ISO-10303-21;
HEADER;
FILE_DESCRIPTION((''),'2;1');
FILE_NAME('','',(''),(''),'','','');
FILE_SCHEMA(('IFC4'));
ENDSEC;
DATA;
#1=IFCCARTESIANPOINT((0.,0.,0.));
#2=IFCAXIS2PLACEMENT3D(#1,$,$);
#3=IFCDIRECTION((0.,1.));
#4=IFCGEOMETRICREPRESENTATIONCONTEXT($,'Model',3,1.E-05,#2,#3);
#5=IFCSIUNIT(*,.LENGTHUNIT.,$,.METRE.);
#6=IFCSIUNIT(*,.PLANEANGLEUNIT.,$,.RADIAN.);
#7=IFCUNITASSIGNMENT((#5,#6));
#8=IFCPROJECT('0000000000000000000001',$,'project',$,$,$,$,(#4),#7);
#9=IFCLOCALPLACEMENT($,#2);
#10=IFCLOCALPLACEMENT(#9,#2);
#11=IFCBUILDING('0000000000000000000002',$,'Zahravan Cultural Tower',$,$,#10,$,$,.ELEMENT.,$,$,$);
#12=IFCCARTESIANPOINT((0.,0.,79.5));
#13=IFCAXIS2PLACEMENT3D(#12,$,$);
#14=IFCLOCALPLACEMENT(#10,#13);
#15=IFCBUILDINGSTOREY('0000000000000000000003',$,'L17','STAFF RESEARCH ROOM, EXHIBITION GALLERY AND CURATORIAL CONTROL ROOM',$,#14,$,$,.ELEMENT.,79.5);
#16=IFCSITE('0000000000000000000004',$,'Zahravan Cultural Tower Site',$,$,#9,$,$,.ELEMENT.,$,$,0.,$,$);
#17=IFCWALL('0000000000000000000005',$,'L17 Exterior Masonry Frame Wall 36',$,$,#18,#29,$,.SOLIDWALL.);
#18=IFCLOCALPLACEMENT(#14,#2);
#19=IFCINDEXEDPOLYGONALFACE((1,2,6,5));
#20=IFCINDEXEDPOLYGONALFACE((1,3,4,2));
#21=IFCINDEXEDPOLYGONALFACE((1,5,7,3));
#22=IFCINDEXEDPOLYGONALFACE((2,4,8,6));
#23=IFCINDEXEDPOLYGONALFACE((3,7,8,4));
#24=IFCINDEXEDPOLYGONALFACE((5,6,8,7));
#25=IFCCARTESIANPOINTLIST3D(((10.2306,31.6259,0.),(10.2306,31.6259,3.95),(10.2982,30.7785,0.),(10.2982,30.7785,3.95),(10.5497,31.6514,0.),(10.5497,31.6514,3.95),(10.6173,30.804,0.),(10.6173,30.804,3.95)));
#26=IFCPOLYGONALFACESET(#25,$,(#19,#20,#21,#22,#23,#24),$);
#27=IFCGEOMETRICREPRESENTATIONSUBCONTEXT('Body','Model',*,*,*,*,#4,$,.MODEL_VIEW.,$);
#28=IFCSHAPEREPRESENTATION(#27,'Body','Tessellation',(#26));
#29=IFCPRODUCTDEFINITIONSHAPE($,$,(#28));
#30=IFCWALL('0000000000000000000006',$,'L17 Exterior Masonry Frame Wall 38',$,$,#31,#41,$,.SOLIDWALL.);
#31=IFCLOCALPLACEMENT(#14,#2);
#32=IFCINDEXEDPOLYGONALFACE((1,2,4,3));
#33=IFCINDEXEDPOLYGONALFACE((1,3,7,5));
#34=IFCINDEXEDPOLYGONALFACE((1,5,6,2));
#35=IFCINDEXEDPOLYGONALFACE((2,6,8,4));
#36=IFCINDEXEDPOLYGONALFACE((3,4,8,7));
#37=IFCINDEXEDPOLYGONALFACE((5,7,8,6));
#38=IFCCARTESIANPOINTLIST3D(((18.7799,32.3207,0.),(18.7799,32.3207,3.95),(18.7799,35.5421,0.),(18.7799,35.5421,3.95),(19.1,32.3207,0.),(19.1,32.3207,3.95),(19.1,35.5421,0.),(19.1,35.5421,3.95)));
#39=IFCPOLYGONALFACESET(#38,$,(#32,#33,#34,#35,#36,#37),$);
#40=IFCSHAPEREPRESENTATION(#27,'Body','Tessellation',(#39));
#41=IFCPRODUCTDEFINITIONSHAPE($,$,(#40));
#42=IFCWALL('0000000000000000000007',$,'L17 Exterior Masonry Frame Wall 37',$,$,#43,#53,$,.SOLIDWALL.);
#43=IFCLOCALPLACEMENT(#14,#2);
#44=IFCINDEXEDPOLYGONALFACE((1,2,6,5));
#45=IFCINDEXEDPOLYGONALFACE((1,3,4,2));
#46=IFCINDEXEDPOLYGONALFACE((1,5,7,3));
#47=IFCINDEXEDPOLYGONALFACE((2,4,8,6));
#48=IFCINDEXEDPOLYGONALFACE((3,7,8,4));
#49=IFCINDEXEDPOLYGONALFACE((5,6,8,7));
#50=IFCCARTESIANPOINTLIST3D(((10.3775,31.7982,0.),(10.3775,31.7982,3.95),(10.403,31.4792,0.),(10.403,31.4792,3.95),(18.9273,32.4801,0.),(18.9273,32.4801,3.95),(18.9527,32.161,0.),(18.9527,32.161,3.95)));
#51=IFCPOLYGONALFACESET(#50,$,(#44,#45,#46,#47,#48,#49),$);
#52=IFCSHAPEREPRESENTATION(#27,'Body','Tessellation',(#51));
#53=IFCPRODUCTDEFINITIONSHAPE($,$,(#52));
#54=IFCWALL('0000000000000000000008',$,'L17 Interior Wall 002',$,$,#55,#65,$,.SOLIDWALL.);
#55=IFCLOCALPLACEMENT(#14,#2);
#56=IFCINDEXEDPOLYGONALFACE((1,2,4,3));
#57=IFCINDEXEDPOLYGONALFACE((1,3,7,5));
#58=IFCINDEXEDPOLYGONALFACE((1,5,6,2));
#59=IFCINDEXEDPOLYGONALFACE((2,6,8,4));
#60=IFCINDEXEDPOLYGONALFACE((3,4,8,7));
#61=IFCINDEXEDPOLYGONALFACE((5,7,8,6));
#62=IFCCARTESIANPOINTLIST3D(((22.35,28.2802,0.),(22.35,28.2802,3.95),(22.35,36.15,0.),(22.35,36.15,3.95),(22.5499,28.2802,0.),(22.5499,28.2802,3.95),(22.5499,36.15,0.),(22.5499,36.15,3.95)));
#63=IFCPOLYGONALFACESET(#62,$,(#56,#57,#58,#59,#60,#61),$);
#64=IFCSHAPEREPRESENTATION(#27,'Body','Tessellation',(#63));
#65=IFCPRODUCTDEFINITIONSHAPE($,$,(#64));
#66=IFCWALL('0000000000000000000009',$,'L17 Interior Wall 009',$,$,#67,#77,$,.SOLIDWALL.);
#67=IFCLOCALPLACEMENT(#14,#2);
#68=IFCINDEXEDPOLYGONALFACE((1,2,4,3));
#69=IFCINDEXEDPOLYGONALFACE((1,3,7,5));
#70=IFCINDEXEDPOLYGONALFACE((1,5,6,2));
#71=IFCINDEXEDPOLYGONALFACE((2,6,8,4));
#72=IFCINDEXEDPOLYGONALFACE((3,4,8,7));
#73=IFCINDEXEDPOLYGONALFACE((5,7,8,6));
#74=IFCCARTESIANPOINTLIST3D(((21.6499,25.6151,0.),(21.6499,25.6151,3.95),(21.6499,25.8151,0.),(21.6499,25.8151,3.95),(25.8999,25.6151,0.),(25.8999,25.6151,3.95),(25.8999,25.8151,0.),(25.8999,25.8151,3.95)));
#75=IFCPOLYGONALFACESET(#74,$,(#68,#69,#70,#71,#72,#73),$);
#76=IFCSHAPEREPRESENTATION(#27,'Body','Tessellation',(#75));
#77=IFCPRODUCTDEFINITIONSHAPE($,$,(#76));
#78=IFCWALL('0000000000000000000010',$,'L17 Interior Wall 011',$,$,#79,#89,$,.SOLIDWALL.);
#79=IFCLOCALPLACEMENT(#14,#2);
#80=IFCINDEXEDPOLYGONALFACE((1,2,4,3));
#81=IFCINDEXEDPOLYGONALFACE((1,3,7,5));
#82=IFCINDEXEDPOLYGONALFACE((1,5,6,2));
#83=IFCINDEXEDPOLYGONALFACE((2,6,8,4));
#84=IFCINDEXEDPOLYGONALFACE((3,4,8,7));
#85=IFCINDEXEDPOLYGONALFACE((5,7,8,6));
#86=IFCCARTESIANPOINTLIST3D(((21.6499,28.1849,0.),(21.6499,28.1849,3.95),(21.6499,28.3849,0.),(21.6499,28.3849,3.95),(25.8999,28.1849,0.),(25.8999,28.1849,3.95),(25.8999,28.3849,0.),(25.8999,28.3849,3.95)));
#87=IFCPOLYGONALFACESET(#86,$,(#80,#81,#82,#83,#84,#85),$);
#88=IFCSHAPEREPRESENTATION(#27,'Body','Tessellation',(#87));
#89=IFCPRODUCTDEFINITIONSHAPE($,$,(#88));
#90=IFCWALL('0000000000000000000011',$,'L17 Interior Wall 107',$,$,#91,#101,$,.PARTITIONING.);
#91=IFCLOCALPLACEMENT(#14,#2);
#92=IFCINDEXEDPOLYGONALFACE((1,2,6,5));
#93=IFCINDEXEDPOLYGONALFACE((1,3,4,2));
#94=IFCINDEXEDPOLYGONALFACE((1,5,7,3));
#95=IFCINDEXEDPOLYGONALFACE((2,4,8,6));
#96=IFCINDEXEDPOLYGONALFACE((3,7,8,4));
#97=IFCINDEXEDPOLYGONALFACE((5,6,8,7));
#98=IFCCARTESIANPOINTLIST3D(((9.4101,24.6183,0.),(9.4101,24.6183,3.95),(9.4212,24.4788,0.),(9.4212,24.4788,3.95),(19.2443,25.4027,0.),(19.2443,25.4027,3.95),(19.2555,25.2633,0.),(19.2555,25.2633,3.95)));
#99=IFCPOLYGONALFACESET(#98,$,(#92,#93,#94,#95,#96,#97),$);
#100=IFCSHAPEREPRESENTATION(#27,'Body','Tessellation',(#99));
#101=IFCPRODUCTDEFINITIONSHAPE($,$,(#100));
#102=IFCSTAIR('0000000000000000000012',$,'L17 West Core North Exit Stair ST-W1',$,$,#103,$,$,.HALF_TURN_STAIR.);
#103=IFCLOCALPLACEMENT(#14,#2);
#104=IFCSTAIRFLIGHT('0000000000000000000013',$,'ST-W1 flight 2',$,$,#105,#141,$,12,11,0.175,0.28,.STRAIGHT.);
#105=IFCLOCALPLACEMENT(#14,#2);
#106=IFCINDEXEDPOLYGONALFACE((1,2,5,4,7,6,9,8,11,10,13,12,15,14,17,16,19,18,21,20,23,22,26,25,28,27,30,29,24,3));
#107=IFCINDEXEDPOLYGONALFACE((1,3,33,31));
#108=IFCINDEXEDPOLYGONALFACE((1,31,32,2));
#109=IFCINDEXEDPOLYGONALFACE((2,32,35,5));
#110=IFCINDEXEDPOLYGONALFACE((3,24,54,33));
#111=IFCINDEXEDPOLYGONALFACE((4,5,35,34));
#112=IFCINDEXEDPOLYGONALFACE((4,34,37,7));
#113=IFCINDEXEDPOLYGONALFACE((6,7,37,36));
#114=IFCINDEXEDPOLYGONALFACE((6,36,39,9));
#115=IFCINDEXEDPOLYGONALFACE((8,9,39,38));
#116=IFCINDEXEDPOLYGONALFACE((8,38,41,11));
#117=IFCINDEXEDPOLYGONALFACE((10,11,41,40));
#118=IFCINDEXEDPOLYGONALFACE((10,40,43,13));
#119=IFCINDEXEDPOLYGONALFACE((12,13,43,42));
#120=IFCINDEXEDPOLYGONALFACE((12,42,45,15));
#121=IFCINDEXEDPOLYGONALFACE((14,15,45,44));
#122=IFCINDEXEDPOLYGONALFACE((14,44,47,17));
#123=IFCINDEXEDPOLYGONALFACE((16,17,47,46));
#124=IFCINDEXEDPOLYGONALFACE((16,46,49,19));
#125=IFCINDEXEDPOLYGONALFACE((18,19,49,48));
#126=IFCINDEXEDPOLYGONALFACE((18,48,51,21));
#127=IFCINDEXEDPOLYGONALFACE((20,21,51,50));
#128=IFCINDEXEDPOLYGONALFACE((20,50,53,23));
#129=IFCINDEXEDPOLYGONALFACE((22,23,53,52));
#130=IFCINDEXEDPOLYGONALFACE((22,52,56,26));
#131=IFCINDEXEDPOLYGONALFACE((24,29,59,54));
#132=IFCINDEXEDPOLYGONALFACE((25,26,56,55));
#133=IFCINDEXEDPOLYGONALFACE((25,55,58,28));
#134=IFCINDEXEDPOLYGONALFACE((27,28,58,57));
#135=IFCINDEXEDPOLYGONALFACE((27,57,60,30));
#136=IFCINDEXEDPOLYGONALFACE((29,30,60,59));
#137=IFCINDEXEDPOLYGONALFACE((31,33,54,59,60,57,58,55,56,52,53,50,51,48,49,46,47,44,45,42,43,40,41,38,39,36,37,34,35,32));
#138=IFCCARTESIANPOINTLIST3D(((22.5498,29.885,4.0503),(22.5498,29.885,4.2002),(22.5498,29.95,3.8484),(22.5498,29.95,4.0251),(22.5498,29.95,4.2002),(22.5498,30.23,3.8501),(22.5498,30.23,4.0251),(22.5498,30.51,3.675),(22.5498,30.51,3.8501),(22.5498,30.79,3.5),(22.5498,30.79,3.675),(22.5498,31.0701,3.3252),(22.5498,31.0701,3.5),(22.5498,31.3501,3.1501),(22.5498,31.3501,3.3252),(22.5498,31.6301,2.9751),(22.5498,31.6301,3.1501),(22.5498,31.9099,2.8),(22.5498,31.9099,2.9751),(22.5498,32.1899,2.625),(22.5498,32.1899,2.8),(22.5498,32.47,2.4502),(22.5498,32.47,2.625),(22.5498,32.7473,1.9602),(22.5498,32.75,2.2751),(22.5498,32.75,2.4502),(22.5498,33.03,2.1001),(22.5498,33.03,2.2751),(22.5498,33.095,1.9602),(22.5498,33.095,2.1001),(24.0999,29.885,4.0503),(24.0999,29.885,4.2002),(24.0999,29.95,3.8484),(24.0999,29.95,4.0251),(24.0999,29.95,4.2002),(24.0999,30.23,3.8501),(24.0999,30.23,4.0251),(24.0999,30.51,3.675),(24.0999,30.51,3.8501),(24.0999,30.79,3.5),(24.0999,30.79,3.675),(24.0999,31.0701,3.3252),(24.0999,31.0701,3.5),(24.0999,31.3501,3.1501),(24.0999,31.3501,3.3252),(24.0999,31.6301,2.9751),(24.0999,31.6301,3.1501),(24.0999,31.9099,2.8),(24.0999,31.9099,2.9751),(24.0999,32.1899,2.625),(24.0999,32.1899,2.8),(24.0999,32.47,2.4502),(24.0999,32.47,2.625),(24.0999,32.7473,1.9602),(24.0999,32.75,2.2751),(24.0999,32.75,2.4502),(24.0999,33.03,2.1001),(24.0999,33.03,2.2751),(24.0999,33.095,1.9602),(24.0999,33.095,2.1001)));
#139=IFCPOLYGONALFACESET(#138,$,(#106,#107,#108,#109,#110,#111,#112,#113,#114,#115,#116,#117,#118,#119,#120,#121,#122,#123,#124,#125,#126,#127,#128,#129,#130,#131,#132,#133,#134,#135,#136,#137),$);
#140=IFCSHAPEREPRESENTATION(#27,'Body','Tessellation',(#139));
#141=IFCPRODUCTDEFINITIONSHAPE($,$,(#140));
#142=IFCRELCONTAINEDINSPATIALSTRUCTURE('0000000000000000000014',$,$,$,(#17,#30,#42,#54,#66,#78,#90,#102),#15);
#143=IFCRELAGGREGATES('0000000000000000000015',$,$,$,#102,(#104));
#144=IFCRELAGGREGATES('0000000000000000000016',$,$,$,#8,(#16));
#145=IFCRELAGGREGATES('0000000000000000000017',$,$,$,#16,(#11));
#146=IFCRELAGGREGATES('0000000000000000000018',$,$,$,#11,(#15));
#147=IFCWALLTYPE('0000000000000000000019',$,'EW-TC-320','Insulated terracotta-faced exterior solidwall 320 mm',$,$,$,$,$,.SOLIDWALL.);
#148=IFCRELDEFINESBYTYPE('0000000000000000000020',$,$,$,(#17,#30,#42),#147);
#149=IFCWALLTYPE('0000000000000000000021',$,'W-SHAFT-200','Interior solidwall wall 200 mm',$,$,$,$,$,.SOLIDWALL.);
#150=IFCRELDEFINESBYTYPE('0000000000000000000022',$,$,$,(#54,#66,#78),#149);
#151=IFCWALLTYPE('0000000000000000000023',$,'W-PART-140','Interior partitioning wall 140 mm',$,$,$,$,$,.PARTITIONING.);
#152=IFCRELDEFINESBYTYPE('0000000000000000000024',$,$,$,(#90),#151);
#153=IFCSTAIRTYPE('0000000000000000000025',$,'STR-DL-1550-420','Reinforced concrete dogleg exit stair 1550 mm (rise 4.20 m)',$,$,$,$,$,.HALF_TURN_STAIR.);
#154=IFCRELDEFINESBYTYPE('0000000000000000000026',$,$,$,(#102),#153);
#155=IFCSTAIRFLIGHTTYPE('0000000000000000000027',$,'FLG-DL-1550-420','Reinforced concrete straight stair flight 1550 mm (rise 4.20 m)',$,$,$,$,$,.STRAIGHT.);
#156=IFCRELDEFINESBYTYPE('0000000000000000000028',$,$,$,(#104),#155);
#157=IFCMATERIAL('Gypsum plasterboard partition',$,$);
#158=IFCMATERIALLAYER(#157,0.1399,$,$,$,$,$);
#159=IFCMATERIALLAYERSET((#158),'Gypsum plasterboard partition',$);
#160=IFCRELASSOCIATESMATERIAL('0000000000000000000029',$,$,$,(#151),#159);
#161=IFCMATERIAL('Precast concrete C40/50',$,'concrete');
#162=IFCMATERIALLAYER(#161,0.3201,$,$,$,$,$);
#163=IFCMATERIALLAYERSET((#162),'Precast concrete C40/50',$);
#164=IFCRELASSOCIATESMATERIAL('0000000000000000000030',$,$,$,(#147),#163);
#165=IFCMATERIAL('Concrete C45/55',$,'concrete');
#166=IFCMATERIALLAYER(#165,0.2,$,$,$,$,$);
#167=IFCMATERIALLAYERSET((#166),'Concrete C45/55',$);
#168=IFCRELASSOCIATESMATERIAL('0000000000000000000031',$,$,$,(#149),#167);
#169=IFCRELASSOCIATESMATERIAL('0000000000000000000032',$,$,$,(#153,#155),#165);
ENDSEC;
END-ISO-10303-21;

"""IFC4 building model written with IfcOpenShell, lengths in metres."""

from ifc_helpers import new_model, si_unit, direction, frame, frame_2d, origin, place, context, subcontext, project, spatial, polyline, rectangle, outline, extrude, source, transform, mapped, material, layer, layer_set, type_object, element, aggregate, save


model = new_model("IFC4")

# Units and contexts
model_context = context("Model", 3, precision=1e-05, world=origin(), true_north=direction((0.0, 1.0)))
body_context = subcontext(model_context, "Body", "Model", "MODEL_VIEW")
ifc_project = project(units=[si_unit("LENGTHUNIT", "METRE"), si_unit("PLANEANGLEUNIT", "RADIAN")], contexts=[model_context])

# Site, building, storey
site_placement = place(None, origin())
site = spatial("IfcSite", under=ifc_project, at=site_placement, Name="Zahravan Cultural Tower Site", CompositionType="ELEMENT", RefElevation=0.0)
building_placement = place(site_placement, origin())
building = spatial("IfcBuilding", under=site, at=building_placement, Name="Zahravan Cultural Tower", CompositionType="ELEMENT")
storey_placement = place(building_placement, frame((0.0, 0.0, 79.5)))
storey = spatial("IfcBuildingStorey", under=building, at=storey_placement, Name="L17", Description="STAFF RESEARCH ROOM, EXHIBITION GALLERY AND CURATORIAL CONTROL ROOM", CompositionType="ELEMENT", Elevation=79.5)

# Shared definitions
ifc_material_1 = material(Name="Gypsum plasterboard partition")
ifc_layer_1 = layer(ifc_material_1, 0.1399)
ifc_layer_set_1 = layer_set([ifc_layer_1], Name="Gypsum plasterboard partition")
wall_type_1 = type_object("IfcWallType", Name="W-PART-140", Description="Interior partitioning wall 140 mm", PredefinedType="PARTITIONING", material=ifc_layer_set_1)

# Walls
ifc_material_2 = material(Name="Precast concrete C40/50", Category="concrete")
ifc_layer_2 = layer(ifc_material_2, 0.3201)
ifc_layer_set_2 = layer_set([ifc_layer_2], Name="Precast concrete C40/50")
wall_type_2 = type_object("IfcWallType", Name="EW-TC-320", Description="Insulated terracotta-faced exterior solidwall 320 mm", PredefinedType="SOLIDWALL", material=ifc_layer_set_2)
shared_shape_1 = source(origin(), body_context, "Body", "SweptSolid", [
    extrude(rectangle(XDim=0.8501, YDim=0.3201, at=frame_2d((0.425, 0.0))), origin(), (0.0, 0.0, 1.0), 3.95),
])
for number, where, z_axis, x_axis, name in (
    (1, (10.4578, 30.7913, 0.0), (0.0, 0.0, 1.0), (-0.079551, 0.996831, 0.0), "L17 Exterior Masonry Frame Wall 36"),
):
    element("IfcWall", number, at=place(storey_placement, frame(where, z_axis=z_axis, x_axis=x_axis)), inside=storey, type_object=wall_type_2, Name=name, PredefinedType="SOLIDWALL", context=body_context, shape_type="MappedRepresentation", body=[
        mapped(shared_shape_1, transform((0.0, 0.0, 0.0), x_axis=(1.0, 0.0, 0.0), y_axis=(0.0, 1.0, 0.0), z_axis=(0.0, 0.0, 1.0), scale=1.0)),
    ])
shared_shape_2 = source(origin(), body_context, "Body", "SweptSolid", [
    extrude(rectangle(XDim=3.2214, YDim=0.3201, at=frame_2d((1.6108, 0.0))), origin(), (0.0, 0.0, 1.0), 3.95),
])
wall_1_placement = place(storey_placement, frame((18.9399, 32.3206, 0.0), z_axis=(0.0, 0.0, 1.0), x_axis=(0.0, 1.0, 0.0)))
element("IfcWall", 2, at=wall_1_placement, inside=storey, type_object=wall_type_2, Name="L17 Exterior Masonry Frame Wall 38", PredefinedType="SOLIDWALL", context=body_context, shape_type="MappedRepresentation", body=[
    mapped(shared_shape_2, transform((0.0, 0.0, 0.0), x_axis=(1.0, 0.0, 0.0), y_axis=(0.0, 1.0, 0.0), z_axis=(0.0, 0.0, 1.0), scale=1.0)),
])
shared_shape_3 = source(origin(), body_context, "Body", "SweptSolid", [
    extrude(rectangle(XDim=8.5769, YDim=0.3201, at=frame_2d((4.2886, 0.0))), origin(), (0.0, 0.0, 1.0), 3.95),
])
wall_2_placement = place(storey_placement, frame((10.3901, 31.6387, 0.0), z_axis=(0.0, 0.0, 1.0), x_axis=(0.996835, 0.079502, 0.0)))
element("IfcWall", 3, at=wall_2_placement, inside=storey, type_object=wall_type_2, Name="L17 Exterior Masonry Frame Wall 37", PredefinedType="SOLIDWALL", context=body_context, shape_type="MappedRepresentation", body=[
    mapped(shared_shape_3, transform((0.0, 0.0, 0.0), x_axis=(1.0, 0.0, 0.0), y_axis=(0.0, 1.0, 0.0), z_axis=(0.0, 0.0, 1.0), scale=1.0)),
])
ifc_material_3 = material(Name="Concrete C45/55", Category="concrete")
ifc_layer_3 = layer(ifc_material_3, 0.2)
ifc_layer_set_3 = layer_set([ifc_layer_3], Name="Concrete C45/55")
wall_type_3 = type_object("IfcWallType", Name="W-SHAFT-200", Description="Interior solidwall wall 200 mm", PredefinedType="SOLIDWALL", material=ifc_layer_set_3)
shared_shape_4 = source(origin(), body_context, "Body", "SweptSolid", [
    extrude(rectangle(XDim=7.8699, YDim=0.2, at=frame_2d((3.9351, 0.0))), origin(), (0.0, 0.0, 1.0), 3.95),
])
wall_3_placement = place(storey_placement, frame((22.45, 28.28, 0.0), z_axis=(0.0, 0.0, 1.0), x_axis=(0.0, 1.0, 0.0)))
element("IfcWall", 4, at=wall_3_placement, inside=storey, type_object=wall_type_3, Name="L17 Interior Wall 002", PredefinedType="SOLIDWALL", context=body_context, shape_type="MappedRepresentation", body=[
    mapped(shared_shape_4, transform((0.0, 0.0, 0.0), x_axis=(1.0, 0.0, 0.0), y_axis=(0.0, 1.0, 0.0), z_axis=(0.0, 0.0, 1.0), scale=1.0)),
])
shared_shape_5 = source(origin(), body_context, "Body", "SweptSolid", [
    extrude(rectangle(XDim=4.25, YDim=0.2, at=frame_2d((2.125, 0.0))), origin(), (0.0, 0.0, 1.0), 3.95),
])
for number, where, z_axis, x_axis, name in (
    (5, (21.6499, 25.7151, 0.0), (0.0, 0.0, 1.0), (1.0, 0.0, 0.0), "L17 Interior Wall 009"),
    (6, (21.6499, 28.2849, 0.0), (0.0, 0.0, 1.0), (1.0, 0.0, 0.0), "L17 Interior Wall 011"),
):
    element("IfcWall", number, at=place(storey_placement, frame(where, z_axis=z_axis, x_axis=x_axis)), inside=storey, type_object=wall_type_3, Name=name, PredefinedType="SOLIDWALL", context=body_context, shape_type="MappedRepresentation", body=[
        mapped(shared_shape_5, transform((0.0, 0.0, 0.0), x_axis=(1.0, 0.0, 0.0), y_axis=(0.0, 1.0, 0.0), z_axis=(0.0, 0.0, 1.0), scale=1.0)),
    ])
shared_shape_6 = source(origin(), body_context, "Body", "SweptSolid", [
    extrude(rectangle(XDim=9.8655, YDim=0.1399, at=frame_2d((4.9326, 0.0))), origin(), (0.0, 0.0, 1.0), 3.95),
])
wall_4_placement = place(storey_placement, frame((9.4158, 24.5486, 0.0), z_axis=(0.0, 0.0, 1.0), x_axis=(0.996834, 0.079512, 0.0)))
element("IfcWall", 7, at=wall_4_placement, inside=storey, type_object=wall_type_1, Name="L17 Interior Wall 107", PredefinedType="PARTITIONING", context=body_context, shape_type="MappedRepresentation", body=[
    mapped(shared_shape_6, transform((0.0, 0.0, 0.0), x_axis=(1.0, 0.0, 0.0), y_axis=(0.0, 1.0, 0.0), z_axis=(0.0, 0.0, 1.0), scale=1.0)),
])

# Stair, stair flight
stair_type = type_object("IfcStairType", Name="STR-DL-1550-420", Description="Reinforced concrete dogleg exit stair 1550 mm (rise 4.20 m)", PredefinedType="HALF_TURN_STAIR", material=ifc_material_3)
stair_placement = place(storey_placement, origin())
stair = element("IfcStair", 8, at=stair_placement, inside=storey, type_object=stair_type, Name="L17 West Core North Exit Stair ST-W1", PredefinedType="HALF_TURN_STAIR")
stair_flight_type = type_object("IfcStairFlightType", Name="FLG-DL-1550-420", Description="Reinforced concrete straight stair flight 1550 mm (rise 4.20 m)", PredefinedType="STRAIGHT", material=ifc_material_3)
stair_flight_placement = place(storey_placement, frame((23.325, 33.03, 2.1001), z_axis=(0.0, 0.0, 1.0), x_axis=(0.0, -1.0, 0.0)))
stair_flight = element("IfcStairFlight", 9, at=stair_flight_placement, type_object=stair_flight_type, Name="ST-W1 flight 2", NumberOfRisers=12, NumberOfTreads=11, PredefinedType="STRAIGHT", RiserHeight=0.175, TreadLength=0.28, context=body_context, shape_type="SweptSolid", body=[
    extrude(outline(polyline([(-0.0649, -0.1399), (-0.0649, 0.0), (0.0, 0.0), (0.0, 0.175), (0.28, 0.175), (0.28, 0.3501), (0.5601, 0.3501), (0.5601, 0.5249), (0.8401, 0.5249), (0.8401, 0.7), (1.1201, 0.7), (1.1201, 0.875), (1.3999, 0.875), (1.3999, 1.05), (1.6799, 1.05), (1.6799, 1.2251), (1.96, 1.2251), (1.96, 1.3999), (2.24, 1.3999), (2.24, 1.575), (2.52, 1.575), (2.52, 1.75), (2.8, 1.75), (2.8, 1.925), (3.0801, 1.925), (3.0801, 2.1001), (3.145, 2.1001), (3.145, 1.9502), (3.0801, 1.7483), (0.2827, -0.1399), (-0.0649, -0.1399)])), frame((0.0, 0.7749, 0.0), z_axis=(0.0, -1.0, 0.0), x_axis=(1.0, 0.0, 0.0)), (0.0, 0.0, 1.0), 1.55),
])
aggregate(stair, [stair_flight])

save(model, "model.ifc")
